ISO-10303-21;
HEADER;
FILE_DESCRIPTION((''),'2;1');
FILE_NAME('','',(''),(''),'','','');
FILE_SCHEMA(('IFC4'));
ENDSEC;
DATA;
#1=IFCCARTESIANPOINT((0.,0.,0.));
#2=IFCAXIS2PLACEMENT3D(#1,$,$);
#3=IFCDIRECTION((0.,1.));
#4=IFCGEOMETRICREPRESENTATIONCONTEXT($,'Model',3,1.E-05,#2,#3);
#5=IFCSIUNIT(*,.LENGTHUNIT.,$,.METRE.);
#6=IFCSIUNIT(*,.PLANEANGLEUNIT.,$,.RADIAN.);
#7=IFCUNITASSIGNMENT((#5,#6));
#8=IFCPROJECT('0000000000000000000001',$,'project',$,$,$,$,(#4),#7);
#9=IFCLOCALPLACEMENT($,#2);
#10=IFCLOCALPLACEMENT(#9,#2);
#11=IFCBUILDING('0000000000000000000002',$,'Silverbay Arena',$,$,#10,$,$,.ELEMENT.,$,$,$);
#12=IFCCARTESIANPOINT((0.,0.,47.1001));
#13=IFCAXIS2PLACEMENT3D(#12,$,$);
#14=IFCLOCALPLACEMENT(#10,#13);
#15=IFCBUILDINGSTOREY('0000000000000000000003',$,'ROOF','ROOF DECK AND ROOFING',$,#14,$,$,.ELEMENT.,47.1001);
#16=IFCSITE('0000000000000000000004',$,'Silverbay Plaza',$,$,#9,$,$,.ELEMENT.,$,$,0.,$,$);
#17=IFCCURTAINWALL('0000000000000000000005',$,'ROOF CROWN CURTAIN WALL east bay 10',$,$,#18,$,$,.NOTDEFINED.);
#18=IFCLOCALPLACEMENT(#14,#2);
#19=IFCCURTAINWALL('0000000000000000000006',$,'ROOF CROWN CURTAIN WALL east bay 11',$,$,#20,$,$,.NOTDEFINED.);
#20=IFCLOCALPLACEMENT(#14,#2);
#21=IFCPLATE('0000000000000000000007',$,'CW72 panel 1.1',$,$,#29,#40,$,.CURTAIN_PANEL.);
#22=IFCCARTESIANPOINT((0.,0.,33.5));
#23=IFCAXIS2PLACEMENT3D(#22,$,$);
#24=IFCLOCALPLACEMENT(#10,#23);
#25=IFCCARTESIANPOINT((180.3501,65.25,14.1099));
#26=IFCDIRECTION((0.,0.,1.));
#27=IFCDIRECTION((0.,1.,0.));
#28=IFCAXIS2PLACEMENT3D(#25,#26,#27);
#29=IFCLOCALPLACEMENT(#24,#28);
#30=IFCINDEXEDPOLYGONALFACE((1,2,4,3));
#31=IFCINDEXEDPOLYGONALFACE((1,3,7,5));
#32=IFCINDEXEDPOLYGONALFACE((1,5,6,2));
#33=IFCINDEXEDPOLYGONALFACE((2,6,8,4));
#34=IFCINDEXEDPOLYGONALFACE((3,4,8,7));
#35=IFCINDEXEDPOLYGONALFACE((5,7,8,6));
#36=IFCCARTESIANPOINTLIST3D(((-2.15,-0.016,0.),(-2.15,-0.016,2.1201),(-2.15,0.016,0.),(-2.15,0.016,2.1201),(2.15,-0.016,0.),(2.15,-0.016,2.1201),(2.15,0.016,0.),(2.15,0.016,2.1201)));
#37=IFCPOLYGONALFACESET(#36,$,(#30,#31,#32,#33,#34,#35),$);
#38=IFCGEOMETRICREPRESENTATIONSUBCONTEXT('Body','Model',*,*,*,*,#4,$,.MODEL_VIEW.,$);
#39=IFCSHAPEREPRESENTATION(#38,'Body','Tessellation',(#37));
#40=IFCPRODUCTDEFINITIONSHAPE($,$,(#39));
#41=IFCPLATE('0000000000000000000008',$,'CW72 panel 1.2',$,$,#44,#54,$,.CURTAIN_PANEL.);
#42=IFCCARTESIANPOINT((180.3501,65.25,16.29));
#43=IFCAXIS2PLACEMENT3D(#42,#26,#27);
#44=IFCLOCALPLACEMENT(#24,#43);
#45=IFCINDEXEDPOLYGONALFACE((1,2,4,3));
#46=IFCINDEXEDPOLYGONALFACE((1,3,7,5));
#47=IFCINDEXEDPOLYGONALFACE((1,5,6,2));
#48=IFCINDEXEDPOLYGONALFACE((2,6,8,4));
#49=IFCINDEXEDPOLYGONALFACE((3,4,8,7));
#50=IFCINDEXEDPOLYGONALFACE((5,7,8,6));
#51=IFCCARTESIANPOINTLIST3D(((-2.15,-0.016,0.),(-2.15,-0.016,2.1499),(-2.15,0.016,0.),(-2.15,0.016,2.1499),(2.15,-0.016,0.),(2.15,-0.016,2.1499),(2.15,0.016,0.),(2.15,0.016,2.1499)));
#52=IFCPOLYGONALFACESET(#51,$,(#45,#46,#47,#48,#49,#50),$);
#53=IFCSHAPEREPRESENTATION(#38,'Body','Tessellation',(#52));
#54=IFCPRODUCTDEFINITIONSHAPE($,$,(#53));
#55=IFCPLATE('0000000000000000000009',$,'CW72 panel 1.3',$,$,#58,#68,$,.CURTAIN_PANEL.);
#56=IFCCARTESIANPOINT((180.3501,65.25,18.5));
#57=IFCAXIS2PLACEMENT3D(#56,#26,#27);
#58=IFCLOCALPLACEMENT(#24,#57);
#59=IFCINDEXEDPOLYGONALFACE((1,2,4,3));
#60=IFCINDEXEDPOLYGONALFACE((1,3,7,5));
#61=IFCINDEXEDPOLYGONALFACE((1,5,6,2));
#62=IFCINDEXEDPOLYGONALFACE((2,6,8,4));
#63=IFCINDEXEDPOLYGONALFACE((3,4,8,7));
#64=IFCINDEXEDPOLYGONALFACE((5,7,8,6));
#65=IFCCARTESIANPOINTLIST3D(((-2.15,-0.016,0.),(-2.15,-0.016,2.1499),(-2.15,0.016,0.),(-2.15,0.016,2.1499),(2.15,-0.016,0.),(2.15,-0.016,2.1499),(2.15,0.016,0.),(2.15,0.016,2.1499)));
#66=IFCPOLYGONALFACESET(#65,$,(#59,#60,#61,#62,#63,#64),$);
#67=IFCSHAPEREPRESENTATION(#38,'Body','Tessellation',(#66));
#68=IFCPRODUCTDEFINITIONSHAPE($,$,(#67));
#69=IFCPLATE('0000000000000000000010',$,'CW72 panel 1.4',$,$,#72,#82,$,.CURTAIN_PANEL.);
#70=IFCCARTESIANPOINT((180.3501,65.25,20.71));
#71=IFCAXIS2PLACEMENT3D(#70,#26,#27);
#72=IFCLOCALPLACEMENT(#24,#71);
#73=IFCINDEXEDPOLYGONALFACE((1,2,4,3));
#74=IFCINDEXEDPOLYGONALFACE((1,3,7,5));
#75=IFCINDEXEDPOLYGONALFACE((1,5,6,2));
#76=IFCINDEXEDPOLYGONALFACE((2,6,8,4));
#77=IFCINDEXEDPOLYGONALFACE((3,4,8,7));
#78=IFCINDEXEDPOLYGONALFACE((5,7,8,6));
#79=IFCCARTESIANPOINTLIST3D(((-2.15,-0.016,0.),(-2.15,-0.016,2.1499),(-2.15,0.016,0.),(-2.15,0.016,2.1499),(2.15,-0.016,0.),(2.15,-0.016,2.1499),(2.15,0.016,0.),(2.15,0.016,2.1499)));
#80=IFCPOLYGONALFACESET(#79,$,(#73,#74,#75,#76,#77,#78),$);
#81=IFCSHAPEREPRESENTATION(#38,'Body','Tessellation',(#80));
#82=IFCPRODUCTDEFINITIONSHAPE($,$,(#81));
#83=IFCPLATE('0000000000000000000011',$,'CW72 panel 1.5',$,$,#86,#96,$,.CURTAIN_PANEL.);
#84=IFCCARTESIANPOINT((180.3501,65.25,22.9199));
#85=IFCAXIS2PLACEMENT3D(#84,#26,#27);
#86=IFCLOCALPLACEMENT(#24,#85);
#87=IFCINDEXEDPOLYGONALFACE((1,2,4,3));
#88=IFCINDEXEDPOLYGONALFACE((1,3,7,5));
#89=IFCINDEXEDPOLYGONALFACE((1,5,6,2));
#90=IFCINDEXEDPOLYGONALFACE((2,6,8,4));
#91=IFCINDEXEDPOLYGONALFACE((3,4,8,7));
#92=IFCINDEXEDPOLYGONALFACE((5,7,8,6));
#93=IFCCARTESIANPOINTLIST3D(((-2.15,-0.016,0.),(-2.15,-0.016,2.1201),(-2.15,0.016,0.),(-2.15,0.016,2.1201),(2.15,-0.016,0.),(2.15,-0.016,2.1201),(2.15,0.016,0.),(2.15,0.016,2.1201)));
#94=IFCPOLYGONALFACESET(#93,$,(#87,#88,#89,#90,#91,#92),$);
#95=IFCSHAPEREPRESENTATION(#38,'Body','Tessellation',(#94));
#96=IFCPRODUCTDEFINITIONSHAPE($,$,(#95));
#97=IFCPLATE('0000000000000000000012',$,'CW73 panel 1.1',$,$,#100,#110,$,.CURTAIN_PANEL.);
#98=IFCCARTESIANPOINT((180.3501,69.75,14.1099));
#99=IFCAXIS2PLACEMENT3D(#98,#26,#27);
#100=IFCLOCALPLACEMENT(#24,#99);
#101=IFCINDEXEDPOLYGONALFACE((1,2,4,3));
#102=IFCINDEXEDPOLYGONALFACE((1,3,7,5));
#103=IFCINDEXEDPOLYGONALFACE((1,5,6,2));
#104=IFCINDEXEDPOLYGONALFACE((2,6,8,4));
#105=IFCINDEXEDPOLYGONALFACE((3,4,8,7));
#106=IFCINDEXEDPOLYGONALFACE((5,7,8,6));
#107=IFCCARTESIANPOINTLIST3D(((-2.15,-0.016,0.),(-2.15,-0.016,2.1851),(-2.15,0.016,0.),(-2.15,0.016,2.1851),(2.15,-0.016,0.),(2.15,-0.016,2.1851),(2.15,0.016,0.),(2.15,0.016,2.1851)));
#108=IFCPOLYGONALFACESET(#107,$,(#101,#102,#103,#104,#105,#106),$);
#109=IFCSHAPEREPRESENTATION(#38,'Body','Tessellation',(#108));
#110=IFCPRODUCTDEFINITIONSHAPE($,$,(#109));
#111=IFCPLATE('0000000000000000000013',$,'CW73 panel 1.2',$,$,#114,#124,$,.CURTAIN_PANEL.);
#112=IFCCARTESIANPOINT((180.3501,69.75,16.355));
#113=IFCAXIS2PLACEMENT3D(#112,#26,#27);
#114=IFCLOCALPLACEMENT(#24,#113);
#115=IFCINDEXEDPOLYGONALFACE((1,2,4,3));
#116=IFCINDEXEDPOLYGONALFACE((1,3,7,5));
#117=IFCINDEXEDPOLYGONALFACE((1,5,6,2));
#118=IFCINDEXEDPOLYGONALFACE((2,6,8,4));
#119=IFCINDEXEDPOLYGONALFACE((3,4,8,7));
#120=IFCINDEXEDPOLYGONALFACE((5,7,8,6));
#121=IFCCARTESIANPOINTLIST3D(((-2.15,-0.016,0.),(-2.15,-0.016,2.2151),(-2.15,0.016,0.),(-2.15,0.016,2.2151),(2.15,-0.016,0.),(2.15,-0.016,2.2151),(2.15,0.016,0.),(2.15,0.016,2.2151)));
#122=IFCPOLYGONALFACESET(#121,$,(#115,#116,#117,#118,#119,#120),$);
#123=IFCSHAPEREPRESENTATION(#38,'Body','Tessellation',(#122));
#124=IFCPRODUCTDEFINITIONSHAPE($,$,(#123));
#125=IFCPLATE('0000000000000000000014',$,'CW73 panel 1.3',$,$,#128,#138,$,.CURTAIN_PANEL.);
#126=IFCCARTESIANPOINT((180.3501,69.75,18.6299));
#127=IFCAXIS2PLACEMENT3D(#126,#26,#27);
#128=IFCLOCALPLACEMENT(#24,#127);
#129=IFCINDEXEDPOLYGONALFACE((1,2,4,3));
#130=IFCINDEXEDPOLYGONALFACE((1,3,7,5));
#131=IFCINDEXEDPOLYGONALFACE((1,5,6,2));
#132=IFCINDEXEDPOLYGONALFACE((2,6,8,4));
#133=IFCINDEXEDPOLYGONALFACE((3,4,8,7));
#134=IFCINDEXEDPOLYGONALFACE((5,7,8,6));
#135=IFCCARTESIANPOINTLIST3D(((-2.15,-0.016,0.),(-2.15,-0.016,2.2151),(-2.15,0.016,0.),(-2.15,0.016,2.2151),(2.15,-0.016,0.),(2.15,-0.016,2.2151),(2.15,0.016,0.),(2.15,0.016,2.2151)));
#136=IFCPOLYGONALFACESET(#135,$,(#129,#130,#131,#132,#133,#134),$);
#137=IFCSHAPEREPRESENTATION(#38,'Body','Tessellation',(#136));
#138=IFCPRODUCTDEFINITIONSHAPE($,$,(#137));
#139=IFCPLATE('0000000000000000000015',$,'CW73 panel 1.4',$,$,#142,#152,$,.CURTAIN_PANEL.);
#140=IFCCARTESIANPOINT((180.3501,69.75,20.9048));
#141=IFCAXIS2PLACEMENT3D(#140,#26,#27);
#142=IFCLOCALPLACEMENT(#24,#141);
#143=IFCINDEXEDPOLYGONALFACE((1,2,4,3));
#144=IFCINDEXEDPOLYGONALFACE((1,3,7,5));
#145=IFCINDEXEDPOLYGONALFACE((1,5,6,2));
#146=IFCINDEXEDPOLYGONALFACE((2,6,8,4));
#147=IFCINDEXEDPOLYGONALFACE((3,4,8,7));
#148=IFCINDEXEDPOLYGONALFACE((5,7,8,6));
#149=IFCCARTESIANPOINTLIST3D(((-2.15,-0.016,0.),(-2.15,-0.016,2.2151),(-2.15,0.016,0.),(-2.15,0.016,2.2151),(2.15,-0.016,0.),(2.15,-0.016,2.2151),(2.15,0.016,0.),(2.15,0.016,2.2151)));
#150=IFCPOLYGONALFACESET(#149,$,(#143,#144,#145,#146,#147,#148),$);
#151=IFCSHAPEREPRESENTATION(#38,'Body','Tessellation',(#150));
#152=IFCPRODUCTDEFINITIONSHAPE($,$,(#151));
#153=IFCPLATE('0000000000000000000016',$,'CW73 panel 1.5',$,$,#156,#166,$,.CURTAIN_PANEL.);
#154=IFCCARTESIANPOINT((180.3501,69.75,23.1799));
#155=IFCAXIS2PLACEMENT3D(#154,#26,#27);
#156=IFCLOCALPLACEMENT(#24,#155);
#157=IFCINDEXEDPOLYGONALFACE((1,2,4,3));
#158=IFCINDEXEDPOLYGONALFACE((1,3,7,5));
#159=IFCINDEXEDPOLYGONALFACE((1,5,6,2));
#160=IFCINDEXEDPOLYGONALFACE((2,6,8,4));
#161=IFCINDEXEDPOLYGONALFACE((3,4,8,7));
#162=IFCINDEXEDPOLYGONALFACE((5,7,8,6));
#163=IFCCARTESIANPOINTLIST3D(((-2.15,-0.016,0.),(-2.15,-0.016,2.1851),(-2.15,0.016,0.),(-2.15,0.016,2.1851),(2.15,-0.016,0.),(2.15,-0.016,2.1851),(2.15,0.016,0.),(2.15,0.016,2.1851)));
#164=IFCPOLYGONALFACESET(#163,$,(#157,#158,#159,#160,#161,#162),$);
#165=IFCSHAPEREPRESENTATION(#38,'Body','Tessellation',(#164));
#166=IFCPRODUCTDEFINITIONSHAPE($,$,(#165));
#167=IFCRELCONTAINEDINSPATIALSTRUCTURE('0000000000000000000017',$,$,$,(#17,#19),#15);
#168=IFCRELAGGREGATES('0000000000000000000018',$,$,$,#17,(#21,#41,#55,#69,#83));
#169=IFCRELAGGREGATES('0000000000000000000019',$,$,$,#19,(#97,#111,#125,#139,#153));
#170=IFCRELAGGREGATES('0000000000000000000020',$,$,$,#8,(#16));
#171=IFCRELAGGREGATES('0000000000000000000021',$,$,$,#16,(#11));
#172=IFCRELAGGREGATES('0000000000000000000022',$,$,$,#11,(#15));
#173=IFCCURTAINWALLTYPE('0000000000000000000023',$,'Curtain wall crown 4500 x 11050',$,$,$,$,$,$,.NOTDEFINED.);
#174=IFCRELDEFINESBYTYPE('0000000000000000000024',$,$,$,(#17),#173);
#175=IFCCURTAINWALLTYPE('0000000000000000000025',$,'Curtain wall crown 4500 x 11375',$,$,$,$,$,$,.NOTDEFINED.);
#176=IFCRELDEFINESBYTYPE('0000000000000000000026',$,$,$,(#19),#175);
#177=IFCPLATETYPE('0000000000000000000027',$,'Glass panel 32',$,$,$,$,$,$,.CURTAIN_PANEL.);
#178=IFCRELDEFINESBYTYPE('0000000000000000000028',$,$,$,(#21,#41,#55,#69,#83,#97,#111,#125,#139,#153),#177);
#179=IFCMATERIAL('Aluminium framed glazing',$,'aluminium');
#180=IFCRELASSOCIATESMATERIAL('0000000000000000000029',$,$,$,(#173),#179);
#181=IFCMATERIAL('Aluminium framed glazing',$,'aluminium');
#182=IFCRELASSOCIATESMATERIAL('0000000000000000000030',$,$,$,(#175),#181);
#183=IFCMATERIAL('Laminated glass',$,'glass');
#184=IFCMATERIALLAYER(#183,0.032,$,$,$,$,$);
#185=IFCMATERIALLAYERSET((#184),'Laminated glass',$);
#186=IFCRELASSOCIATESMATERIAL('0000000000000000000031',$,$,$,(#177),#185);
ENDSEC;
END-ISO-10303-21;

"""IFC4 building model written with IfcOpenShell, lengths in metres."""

from ifc_helpers import new_model, si_unit, direction, frame, origin, origin_2d, place, context, subcontext, project, spatial, rectangle, extrude, material, layer, layer_set, type_object, element, aggregate, save


model = new_model("IFC4")

# Units and contexts
model_context = context("Model", 3, precision=1e-05, world=origin(), true_north=direction((0.0, 1.0)))
body_context = subcontext(model_context, "Body", "Model", "MODEL_VIEW")
ifc_project = project(units=[si_unit("LENGTHUNIT", "METRE"), si_unit("PLANEANGLEUNIT", "RADIAN")], contexts=[model_context])

# Site, building, storey
site_placement = place(None, origin())
site = spatial("IfcSite", under=ifc_project, at=site_placement, Name="Silverbay Plaza", CompositionType="ELEMENT", RefElevation=0.0)
building_placement = place(site_placement, origin())
building = spatial("IfcBuilding", under=site, at=building_placement, Name="Silverbay Arena", CompositionType="ELEMENT")
storey_placement = place(building_placement, frame((0.0, 0.0, 47.1001)))
storey = spatial("IfcBuildingStorey", under=building, at=storey_placement, Name="ROOF", Description="ROOF DECK AND ROOFING", CompositionType="ELEMENT", Elevation=47.1001)

# Curtain wall
ifc_material_1 = material(Name="Aluminium framed glazing", Category="aluminium")
curtain_wall_type_1 = type_object("IfcCurtainWallType", Name="Curtain wall crown 4500 x 11050", PredefinedType="NOTDEFINED", material=ifc_material_1)
curtain_wall_1_placement = place(storey_placement, origin())
curtain_wall_1 = element("IfcCurtainWall", 1, at=curtain_wall_1_placement, inside=storey, type_object=curtain_wall_type_1, Name="ROOF CROWN CURTAIN WALL east bay 10", PredefinedType="NOTDEFINED")
placement = place(building_placement, frame((0.0, 0.0, 33.5)))

# Curtain wall
ifc_material_2 = material(Name="Aluminium framed glazing", Category="aluminium")
curtain_wall_type_2 = type_object("IfcCurtainWallType", Name="Curtain wall crown 4500 x 11375", PredefinedType="NOTDEFINED", material=ifc_material_2)
curtain_wall_2_placement = place(storey_placement, origin())
curtain_wall_2 = element("IfcCurtainWall", 2, at=curtain_wall_2_placement, inside=storey, type_object=curtain_wall_type_2, Name="ROOF CROWN CURTAIN WALL east bay 11", PredefinedType="NOTDEFINED")

# Plates
ifc_material_3 = material(Name="Laminated glass", Category="glass")
ifc_layer = layer(ifc_material_3, 0.032)
ifc_layer_set = layer_set([ifc_layer], Name="Laminated glass")
plate_type = type_object("IfcPlateType", Name="Glass panel 32", PredefinedType="CURTAIN_PANEL", material=ifc_layer_set)
plate_1_placement = place(placement, frame((180.3501, 65.25, 14.1099), z_axis=(0.0, 0.0, 1.0), x_axis=(0.0, 1.0, 0.0)))
plate_1 = element("IfcPlate", 3, at=plate_1_placement, type_object=plate_type, Name="CW72 panel 1.1", PredefinedType="CURTAIN_PANEL", context=body_context, shape_type="SweptSolid", body=[
    extrude(rectangle(XDim=4.3, YDim=0.032, at=origin_2d()), origin(), (0.0, 0.0, 1.0), 2.1201),
])
plate_2_placement = place(placement, frame((180.3501, 65.25, 16.29), z_axis=(0.0, 0.0, 1.0), x_axis=(0.0, 1.0, 0.0)))
plate_2 = element("IfcPlate", 4, at=plate_2_placement, type_object=plate_type, Name="CW72 panel 1.2", PredefinedType="CURTAIN_PANEL", context=body_context, shape_type="SweptSolid", body=[
    extrude(rectangle(XDim=4.3, YDim=0.032, at=origin_2d()), origin(), (0.0, 0.0, 1.0), 2.1499),
])
plate_3_placement = place(placement, frame((180.3501, 65.25, 18.5), z_axis=(0.0, 0.0, 1.0), x_axis=(0.0, 1.0, 0.0)))
plate_3 = element("IfcPlate", 5, at=plate_3_placement, type_object=plate_type, Name="CW72 panel 1.3", PredefinedType="CURTAIN_PANEL", context=body_context, shape_type="SweptSolid", body=[
    extrude(rectangle(XDim=4.3, YDim=0.032, at=origin_2d()), origin(), (0.0, 0.0, 1.0), 2.1499),
])
plate_4_placement = place(placement, frame((180.3501, 65.25, 20.71), z_axis=(0.0, 0.0, 1.0), x_axis=(0.0, 1.0, 0.0)))
plate_4 = element("IfcPlate", 6, at=plate_4_placement, type_object=plate_type, Name="CW72 panel 1.4", PredefinedType="CURTAIN_PANEL", context=body_context, shape_type="SweptSolid", body=[
    extrude(rectangle(XDim=4.3, YDim=0.032, at=origin_2d()), origin(), (0.0, 0.0, 1.0), 2.1499),
])
plate_5_placement = place(placement, frame((180.3501, 65.25, 22.9199), z_axis=(0.0, 0.0, 1.0), x_axis=(0.0, 1.0, 0.0)))
plate_5 = element("IfcPlate", 7, at=plate_5_placement, type_object=plate_type, Name="CW72 panel 1.5", PredefinedType="CURTAIN_PANEL", context=body_context, shape_type="SweptSolid", body=[
    extrude(rectangle(XDim=4.3, YDim=0.032, at=origin_2d()), origin(), (0.0, 0.0, 1.0), 2.1201),
])
aggregate(curtain_wall_1, [plate_1, plate_2, plate_3, plate_4, plate_5])
plate_6_placement = place(placement, frame((180.3501, 69.75, 14.1099), z_axis=(0.0, 0.0, 1.0), x_axis=(0.0, 1.0, 0.0)))
plate_6 = element("IfcPlate", 8, at=plate_6_placement, type_object=plate_type, Name="CW73 panel 1.1", PredefinedType="CURTAIN_PANEL", context=body_context, shape_type="SweptSolid", body=[
    extrude(rectangle(XDim=4.3, YDim=0.032, at=origin_2d()), origin(), (0.0, 0.0, 1.0), 2.1851),
])
plate_7_placement = place(placement, frame((180.3501, 69.75, 16.355), z_axis=(0.0, 0.0, 1.0), x_axis=(0.0, 1.0, 0.0)))
plate_7 = element("IfcPlate", 9, at=plate_7_placement, type_object=plate_type, Name="CW73 panel 1.2", PredefinedType="CURTAIN_PANEL", context=body_context, shape_type="SweptSolid", body=[
    extrude(rectangle(XDim=4.3, YDim=0.032, at=origin_2d()), origin(), (0.0, 0.0, 1.0), 2.2151),
])
plate_8_placement = place(placement, frame((180.3501, 69.75, 18.6299), z_axis=(0.0, 0.0, 1.0), x_axis=(0.0, 1.0, 0.0)))
plate_8 = element("IfcPlate", 10, at=plate_8_placement, type_object=plate_type, Name="CW73 panel 1.3", PredefinedType="CURTAIN_PANEL", context=body_context, shape_type="SweptSolid", body=[
    extrude(rectangle(XDim=4.3, YDim=0.032, at=origin_2d()), origin(), (0.0, 0.0, 1.0), 2.2151),
])
plate_9_placement = place(placement, frame((180.3501, 69.75, 20.9048), z_axis=(0.0, 0.0, 1.0), x_axis=(0.0, 1.0, 0.0)))
plate_9 = element("IfcPlate", 11, at=plate_9_placement, type_object=plate_type, Name="CW73 panel 1.4", PredefinedType="CURTAIN_PANEL", context=body_context, shape_type="SweptSolid", body=[
    extrude(rectangle(XDim=4.3, YDim=0.032, at=origin_2d()), origin(), (0.0, 0.0, 1.0), 2.2151),
])
plate_10_placement = place(placement, frame((180.3501, 69.75, 23.1799), z_axis=(0.0, 0.0, 1.0), x_axis=(0.0, 1.0, 0.0)))
plate_10 = element("IfcPlate", 12, at=plate_10_placement, type_object=plate_type, Name="CW73 panel 1.5", PredefinedType="CURTAIN_PANEL", context=body_context, shape_type="SweptSolid", body=[
    extrude(rectangle(XDim=4.3, YDim=0.032, at=origin_2d()), origin(), (0.0, 0.0, 1.0), 2.1851),
])
aggregate(curtain_wall_2, [plate_6, plate_7, plate_8, plate_9, plate_10])

save(model, "model.ifc")
